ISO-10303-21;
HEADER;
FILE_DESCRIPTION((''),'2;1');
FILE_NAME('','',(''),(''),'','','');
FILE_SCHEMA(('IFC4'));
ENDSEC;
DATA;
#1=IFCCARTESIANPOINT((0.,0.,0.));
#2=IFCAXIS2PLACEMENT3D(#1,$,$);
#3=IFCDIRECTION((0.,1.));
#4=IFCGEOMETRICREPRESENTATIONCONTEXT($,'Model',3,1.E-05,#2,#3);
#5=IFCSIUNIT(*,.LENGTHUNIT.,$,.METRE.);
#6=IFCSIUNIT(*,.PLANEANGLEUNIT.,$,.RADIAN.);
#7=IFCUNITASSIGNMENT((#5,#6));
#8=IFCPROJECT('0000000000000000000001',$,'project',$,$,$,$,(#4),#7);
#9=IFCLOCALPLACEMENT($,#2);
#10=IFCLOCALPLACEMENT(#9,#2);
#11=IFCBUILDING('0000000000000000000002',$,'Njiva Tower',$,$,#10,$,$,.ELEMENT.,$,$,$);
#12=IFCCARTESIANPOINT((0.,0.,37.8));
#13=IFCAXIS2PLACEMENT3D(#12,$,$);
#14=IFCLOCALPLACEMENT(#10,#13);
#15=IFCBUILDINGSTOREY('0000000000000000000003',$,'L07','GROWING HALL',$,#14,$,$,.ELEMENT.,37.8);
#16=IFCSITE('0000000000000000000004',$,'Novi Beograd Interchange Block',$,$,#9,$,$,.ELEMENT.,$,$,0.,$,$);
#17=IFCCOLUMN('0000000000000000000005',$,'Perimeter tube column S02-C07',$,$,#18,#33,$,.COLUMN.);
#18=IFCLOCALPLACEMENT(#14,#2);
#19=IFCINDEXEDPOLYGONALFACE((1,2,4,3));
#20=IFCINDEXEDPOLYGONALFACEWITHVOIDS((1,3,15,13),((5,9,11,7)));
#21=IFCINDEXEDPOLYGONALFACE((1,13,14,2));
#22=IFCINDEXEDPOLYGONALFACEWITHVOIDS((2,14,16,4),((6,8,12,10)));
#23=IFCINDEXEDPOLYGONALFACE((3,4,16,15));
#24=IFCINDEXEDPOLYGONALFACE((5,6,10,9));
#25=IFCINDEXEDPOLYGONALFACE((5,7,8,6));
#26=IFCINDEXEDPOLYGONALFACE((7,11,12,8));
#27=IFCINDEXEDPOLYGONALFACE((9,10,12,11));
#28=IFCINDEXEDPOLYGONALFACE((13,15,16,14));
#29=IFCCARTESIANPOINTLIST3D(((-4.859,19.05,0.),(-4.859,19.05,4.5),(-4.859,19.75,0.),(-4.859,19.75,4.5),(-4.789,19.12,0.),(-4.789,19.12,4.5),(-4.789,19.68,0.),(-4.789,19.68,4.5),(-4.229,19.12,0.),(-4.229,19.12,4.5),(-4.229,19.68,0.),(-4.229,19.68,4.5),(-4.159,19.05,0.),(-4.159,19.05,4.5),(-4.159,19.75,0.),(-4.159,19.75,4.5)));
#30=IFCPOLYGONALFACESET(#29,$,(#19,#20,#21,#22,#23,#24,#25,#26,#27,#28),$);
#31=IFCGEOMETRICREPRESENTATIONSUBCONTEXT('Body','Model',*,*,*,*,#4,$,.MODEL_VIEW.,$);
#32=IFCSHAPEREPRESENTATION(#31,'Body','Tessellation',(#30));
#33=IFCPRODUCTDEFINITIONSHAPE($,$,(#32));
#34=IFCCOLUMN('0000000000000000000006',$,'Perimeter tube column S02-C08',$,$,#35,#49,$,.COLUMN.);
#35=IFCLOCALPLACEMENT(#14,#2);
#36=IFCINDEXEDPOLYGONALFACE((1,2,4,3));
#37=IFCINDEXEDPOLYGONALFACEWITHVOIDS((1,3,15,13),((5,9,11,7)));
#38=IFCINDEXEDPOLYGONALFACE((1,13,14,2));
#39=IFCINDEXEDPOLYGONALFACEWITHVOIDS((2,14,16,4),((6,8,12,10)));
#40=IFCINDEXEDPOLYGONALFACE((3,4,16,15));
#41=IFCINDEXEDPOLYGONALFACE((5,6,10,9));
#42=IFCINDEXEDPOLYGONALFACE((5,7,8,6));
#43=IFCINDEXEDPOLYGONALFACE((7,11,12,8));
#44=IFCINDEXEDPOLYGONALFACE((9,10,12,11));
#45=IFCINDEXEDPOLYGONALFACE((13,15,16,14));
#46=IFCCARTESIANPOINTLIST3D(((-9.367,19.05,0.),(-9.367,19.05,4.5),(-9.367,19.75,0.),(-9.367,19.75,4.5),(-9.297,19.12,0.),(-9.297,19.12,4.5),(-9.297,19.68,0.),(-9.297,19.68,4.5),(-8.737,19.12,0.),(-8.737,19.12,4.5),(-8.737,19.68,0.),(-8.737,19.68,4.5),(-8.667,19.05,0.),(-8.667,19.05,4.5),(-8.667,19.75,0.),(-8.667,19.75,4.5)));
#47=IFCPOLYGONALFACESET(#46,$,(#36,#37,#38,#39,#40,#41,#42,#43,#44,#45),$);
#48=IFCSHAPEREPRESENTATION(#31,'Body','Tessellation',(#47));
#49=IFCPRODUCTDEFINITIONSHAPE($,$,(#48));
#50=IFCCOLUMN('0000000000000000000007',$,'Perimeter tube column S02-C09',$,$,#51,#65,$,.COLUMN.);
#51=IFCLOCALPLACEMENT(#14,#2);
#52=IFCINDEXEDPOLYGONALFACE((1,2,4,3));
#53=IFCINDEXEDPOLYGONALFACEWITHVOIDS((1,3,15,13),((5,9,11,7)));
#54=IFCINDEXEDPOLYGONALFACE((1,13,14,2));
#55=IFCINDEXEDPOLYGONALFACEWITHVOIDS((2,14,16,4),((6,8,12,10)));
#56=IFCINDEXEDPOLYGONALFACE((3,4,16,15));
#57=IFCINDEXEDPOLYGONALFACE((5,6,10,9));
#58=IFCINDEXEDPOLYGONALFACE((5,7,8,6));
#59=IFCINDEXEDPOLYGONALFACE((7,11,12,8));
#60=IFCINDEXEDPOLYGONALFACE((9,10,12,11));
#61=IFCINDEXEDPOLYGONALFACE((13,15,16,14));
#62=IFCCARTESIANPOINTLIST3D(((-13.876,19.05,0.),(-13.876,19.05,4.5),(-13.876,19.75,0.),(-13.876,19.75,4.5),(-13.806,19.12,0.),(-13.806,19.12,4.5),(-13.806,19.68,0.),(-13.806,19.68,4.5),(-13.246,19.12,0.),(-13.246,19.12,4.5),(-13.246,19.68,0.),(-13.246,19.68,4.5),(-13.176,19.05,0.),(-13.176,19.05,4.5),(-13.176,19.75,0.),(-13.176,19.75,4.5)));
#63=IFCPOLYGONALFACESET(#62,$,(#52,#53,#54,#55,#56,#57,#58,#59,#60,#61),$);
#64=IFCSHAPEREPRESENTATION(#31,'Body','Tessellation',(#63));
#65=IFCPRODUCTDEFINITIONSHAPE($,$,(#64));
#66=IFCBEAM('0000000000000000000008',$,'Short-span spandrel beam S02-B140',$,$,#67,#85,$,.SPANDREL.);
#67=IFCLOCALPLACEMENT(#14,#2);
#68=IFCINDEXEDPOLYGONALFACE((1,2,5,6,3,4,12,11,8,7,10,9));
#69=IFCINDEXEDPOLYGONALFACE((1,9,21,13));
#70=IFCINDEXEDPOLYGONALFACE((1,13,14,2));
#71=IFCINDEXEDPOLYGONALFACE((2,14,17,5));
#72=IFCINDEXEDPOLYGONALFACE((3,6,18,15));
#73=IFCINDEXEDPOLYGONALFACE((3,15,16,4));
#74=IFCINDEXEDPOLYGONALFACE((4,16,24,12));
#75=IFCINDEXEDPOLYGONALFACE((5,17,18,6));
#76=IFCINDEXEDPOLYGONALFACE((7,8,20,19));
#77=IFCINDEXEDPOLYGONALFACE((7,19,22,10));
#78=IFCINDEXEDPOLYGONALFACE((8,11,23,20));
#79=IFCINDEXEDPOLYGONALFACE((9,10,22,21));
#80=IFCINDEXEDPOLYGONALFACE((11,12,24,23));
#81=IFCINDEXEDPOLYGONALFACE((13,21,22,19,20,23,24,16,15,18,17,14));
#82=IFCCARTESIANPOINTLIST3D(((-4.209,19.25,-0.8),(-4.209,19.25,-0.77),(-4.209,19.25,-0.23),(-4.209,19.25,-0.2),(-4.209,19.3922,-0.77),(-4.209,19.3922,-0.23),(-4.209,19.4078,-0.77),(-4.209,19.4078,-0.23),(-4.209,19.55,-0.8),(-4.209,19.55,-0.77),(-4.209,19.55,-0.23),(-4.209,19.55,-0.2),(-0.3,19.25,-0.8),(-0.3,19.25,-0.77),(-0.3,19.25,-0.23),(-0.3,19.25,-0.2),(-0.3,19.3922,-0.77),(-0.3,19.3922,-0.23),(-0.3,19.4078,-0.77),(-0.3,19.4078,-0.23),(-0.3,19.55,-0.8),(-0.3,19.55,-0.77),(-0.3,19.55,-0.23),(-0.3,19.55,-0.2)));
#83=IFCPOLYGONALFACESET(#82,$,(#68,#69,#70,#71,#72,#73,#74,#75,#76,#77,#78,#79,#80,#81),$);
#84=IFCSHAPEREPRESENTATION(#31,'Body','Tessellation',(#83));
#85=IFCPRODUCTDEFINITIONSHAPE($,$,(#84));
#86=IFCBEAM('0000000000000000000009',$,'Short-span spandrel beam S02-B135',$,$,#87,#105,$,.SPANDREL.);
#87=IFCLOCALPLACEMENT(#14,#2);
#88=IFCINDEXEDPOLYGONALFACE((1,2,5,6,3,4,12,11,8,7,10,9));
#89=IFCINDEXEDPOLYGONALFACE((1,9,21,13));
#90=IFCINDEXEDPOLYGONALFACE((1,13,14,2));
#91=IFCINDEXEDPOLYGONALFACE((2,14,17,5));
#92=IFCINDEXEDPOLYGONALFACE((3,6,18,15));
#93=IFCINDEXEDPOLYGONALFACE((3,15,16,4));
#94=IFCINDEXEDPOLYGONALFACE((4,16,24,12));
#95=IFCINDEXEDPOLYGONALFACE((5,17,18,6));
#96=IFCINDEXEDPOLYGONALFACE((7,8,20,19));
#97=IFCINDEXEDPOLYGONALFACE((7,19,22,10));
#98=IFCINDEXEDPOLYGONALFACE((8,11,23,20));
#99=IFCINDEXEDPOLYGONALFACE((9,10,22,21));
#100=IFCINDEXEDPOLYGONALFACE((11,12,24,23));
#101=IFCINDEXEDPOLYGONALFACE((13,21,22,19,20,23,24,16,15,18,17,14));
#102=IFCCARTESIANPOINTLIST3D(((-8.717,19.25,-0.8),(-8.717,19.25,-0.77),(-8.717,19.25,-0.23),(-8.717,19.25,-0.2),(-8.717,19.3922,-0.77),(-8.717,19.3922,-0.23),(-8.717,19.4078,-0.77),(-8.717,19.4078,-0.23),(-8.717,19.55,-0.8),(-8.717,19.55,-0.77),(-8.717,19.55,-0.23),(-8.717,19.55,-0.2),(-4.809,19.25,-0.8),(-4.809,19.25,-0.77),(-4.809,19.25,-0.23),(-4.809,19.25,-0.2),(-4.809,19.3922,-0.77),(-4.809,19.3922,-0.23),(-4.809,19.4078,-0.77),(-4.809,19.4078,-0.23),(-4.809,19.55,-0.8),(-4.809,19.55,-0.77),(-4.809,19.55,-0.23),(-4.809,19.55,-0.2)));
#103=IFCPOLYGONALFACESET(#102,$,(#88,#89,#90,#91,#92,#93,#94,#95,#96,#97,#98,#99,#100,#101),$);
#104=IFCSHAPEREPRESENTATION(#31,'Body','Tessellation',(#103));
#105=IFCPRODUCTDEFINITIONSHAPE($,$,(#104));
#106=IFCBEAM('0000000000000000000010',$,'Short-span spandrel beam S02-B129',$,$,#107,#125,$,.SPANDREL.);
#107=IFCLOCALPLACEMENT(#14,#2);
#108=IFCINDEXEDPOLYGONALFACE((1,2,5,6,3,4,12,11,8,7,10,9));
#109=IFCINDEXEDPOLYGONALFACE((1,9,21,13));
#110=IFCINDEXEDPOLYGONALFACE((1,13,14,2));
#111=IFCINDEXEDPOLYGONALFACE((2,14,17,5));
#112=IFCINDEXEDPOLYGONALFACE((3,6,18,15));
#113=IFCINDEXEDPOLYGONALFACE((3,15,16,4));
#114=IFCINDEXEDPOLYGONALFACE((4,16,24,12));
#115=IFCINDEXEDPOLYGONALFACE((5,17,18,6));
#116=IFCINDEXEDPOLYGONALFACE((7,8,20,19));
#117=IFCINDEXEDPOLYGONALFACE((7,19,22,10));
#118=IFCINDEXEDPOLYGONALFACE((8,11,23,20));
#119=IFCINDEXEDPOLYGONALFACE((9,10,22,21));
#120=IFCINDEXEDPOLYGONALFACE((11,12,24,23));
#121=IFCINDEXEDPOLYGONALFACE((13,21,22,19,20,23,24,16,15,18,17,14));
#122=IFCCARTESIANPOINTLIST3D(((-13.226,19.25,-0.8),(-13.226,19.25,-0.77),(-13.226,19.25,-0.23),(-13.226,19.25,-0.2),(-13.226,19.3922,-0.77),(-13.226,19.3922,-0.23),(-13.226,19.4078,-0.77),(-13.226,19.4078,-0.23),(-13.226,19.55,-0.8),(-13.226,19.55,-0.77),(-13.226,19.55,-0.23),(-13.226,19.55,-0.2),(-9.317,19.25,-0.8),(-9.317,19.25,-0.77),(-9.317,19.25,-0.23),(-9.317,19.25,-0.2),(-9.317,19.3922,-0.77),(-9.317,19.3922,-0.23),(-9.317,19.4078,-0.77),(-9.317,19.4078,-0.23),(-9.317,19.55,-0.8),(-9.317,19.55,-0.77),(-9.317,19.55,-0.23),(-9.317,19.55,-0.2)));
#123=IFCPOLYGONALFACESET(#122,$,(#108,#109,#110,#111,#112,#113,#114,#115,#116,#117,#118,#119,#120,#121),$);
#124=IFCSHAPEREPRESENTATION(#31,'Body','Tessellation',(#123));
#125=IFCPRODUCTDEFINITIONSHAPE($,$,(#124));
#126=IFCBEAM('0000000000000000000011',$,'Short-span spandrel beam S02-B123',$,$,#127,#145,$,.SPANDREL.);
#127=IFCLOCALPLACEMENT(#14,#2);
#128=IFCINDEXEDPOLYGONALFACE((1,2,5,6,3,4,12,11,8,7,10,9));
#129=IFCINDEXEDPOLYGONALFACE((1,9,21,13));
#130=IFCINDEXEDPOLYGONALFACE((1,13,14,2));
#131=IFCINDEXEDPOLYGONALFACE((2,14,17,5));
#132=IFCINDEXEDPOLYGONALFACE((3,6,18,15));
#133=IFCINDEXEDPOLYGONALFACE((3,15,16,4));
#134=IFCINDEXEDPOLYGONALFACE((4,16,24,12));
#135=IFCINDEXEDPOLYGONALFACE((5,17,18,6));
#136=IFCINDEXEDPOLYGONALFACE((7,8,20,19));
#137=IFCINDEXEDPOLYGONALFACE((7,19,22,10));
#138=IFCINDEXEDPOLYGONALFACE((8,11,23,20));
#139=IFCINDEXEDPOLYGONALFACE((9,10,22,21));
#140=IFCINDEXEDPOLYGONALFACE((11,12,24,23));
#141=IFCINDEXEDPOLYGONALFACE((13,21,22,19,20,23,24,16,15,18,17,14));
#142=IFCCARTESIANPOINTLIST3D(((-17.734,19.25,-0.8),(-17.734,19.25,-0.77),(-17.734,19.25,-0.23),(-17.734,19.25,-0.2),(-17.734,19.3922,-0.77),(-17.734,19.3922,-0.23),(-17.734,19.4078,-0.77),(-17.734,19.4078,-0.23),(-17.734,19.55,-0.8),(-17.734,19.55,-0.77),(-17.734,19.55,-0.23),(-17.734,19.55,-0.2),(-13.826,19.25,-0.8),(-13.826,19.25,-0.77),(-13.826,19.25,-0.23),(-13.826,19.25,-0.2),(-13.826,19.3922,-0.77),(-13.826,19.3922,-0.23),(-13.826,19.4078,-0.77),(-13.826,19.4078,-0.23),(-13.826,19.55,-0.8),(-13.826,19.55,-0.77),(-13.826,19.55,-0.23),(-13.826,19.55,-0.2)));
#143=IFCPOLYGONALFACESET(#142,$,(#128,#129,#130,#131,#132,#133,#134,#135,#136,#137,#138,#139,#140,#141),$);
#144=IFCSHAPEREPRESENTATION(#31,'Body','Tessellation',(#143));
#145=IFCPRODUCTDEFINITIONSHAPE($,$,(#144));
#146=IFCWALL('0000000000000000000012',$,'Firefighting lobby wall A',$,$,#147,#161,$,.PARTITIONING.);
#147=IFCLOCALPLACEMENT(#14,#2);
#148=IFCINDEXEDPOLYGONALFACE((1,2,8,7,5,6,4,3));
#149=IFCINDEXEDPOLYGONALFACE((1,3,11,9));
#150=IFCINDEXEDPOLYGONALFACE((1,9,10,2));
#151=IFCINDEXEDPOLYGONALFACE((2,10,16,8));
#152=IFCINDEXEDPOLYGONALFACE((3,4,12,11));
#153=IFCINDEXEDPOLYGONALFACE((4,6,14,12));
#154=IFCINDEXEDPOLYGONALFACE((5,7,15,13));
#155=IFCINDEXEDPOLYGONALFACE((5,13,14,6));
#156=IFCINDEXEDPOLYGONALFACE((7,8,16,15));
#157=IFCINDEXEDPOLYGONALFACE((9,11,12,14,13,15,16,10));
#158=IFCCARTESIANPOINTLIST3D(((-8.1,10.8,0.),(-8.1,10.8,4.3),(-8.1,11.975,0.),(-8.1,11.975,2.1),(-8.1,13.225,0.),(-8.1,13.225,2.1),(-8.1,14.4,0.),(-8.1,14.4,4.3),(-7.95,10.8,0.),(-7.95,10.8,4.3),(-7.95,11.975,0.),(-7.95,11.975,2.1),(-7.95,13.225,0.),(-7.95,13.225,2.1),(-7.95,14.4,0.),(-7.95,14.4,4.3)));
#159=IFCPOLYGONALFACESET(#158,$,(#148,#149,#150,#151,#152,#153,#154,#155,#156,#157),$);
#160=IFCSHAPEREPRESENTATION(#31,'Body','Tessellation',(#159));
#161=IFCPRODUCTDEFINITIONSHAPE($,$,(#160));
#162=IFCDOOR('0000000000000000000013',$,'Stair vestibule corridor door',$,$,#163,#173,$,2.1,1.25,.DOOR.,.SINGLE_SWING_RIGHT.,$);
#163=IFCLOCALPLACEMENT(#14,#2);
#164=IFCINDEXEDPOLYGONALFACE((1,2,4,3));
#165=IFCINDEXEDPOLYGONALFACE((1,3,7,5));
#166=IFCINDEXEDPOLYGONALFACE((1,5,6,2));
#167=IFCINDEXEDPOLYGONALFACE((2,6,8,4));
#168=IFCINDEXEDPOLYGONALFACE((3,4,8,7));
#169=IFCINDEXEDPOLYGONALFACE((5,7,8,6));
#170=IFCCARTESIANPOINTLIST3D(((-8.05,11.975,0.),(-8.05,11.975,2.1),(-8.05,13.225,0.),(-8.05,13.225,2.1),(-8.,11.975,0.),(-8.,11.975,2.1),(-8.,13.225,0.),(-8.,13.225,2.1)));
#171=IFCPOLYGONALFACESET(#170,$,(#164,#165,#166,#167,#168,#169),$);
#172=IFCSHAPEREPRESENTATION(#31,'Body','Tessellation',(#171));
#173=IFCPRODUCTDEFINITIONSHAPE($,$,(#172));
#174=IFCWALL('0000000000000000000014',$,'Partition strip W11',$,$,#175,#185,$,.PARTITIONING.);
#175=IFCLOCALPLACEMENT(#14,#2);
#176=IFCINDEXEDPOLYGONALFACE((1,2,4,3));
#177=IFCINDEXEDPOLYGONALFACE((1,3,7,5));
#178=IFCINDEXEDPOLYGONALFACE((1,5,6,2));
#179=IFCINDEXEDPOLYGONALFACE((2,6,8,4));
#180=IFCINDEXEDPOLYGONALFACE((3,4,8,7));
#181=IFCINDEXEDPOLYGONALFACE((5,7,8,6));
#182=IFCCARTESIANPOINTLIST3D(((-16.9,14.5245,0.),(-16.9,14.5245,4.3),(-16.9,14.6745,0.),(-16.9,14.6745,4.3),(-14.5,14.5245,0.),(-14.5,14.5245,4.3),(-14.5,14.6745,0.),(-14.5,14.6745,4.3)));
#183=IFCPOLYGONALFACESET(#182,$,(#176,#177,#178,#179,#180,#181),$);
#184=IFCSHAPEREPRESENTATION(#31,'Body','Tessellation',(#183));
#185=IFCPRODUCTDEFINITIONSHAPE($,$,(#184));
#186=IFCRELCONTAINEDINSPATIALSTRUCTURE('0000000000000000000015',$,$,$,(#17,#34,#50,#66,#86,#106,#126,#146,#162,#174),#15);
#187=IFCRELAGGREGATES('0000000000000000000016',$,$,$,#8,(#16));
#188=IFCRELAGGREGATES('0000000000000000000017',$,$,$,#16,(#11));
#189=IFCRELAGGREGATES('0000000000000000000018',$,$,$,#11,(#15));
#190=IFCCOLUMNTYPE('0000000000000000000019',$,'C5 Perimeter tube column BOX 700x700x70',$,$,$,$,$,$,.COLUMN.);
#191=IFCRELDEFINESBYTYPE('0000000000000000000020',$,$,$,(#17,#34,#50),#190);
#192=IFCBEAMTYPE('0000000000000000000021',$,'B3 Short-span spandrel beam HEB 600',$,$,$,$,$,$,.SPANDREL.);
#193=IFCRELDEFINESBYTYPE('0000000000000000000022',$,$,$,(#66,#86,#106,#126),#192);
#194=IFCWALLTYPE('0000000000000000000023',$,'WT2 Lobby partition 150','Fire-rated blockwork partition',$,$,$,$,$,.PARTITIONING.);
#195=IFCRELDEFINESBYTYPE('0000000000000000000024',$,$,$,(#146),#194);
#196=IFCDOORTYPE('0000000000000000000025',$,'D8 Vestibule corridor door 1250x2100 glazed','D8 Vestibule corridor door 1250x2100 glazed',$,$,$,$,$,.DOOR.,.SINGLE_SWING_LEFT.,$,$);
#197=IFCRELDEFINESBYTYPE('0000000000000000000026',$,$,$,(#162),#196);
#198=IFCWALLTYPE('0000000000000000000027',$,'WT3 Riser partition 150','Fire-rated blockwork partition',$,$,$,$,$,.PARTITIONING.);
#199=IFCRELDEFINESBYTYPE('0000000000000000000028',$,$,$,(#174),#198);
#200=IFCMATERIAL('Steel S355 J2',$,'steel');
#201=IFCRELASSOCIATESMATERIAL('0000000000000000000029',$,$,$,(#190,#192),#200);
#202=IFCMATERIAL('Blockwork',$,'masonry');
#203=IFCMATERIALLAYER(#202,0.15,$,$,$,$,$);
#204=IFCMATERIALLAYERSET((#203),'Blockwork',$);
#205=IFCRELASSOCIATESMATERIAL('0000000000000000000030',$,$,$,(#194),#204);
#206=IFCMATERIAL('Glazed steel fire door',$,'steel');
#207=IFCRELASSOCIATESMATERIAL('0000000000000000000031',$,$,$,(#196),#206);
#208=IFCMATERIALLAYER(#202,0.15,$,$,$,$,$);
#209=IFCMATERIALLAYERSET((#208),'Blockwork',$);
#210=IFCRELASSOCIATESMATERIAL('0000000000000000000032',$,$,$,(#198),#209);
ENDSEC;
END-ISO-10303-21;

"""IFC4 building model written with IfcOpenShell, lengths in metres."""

from ifc_helpers import new_model, si_unit, direction, frame, frame_2d, origin, origin_2d, place, context, subcontext, project, spatial, rectangle, hollow_rectangle, i_section, extrude, material, layer, layer_set, material_profile, profile_set, type_object, element, fill, save


model = new_model("IFC4")

# Units and contexts
model_context = context("Model", 3, precision=1e-05, world=origin(), true_north=direction((0.0, 1.0)))
body_context = subcontext(model_context, "Body", "Model", "MODEL_VIEW")
ifc_project = project(units=[si_unit("LENGTHUNIT", "METRE"), si_unit("PLANEANGLEUNIT", "RADIAN")], contexts=[model_context])

# Site, building, storey
site_placement = place(None, origin())
site = spatial("IfcSite", under=ifc_project, at=site_placement, Name="Novi Beograd Interchange Block", CompositionType="ELEMENT", RefElevation=0.0)
building_placement = place(site_placement, origin())
building = spatial("IfcBuilding", under=site, at=building_placement, Name="Njiva Tower", CompositionType="ELEMENT")
storey_placement = place(building_placement, frame((0.0, 0.0, 37.8)))
storey = spatial("IfcBuildingStorey", under=building, at=storey_placement, Name="L07", Description="GROWING HALL", CompositionType="ELEMENT", Elevation=37.8)

# Columns
ifc_material_1 = material(Name="Steel S355 J2", Category="steel")
ifc_material_profile_1 = material_profile(ifc_material_1, hollow_rectangle(XDim=0.7, YDim=0.7, WallThickness=0.07, at=origin_2d()), Name="BOX 700x700x70")
ifc_profile_set_1 = profile_set([ifc_material_profile_1], Name="Steel S355 J2")
column_type = type_object("IfcColumnType", Name="C5 Perimeter tube column BOX 700x700x70", PredefinedType="COLUMN", material=ifc_profile_set_1)
for number, where, z_axis, x_axis, name in (
    (1, (-4.509, 19.4, 0.0), (0.0, 0.0, 1.0), (-1.0, 0.0, 0.0), "Perimeter tube column S02-C07"),
    (2, (-9.017, 19.4, 0.0), (0.0, 0.0, 1.0), (-1.0, 0.0, 0.0), "Perimeter tube column S02-C08"),
    (3, (-13.526, 19.4, 0.0), (0.0, 0.0, 1.0), (-1.0, 0.0, 0.0), "Perimeter tube column S02-C09"),
):
    element("IfcColumn", number, at=place(storey_placement, frame(where, z_axis=z_axis, x_axis=x_axis)), inside=storey, type_object=column_type, Name=name, PredefinedType="COLUMN", context=body_context, shape_type="SweptSolid", body=[
        extrude(hollow_rectangle(XDim=0.7, YDim=0.7, WallThickness=0.07, at=origin_2d()), origin(), (0.0, 0.0, 1.0), 4.5),
    ])

# Beams
ifc_material_profile_2 = material_profile(ifc_material_1, i_section(OverallWidth=0.3, OverallDepth=0.6, WebThickness=0.0155, FlangeThickness=0.03, at=origin_2d()), Name="HEB 600")
ifc_profile_set_2 = profile_set([ifc_material_profile_2], Name="Steel S355 J2")
beam_type = type_object("IfcBeamType", Name="B3 Short-span spandrel beam HEB 600", PredefinedType="SPANDREL", material=ifc_profile_set_2)
beam_1_placement = place(storey_placement, frame((-0.3, 19.4, -0.5), z_axis=(-1.0, 0.0, 0.0), x_axis=(0.0, -1.0, 0.0)))
element("IfcBeam", 4, at=beam_1_placement, inside=storey, type_object=beam_type, Name="Short-span spandrel beam S02-B140", PredefinedType="SPANDREL", context=body_context, shape_type="SweptSolid", body=[
    extrude(i_section(OverallWidth=0.3, OverallDepth=0.6, WebThickness=0.0155, FlangeThickness=0.03, at=origin_2d()), origin(), (0.0, 0.0, 1.0), 3.909),
])
beam_2_placement = place(storey_placement, frame((-4.809, 19.4, -0.5), z_axis=(-1.0, 0.0, 0.0), x_axis=(0.0, -1.0, 0.0)))
element("IfcBeam", 5, at=beam_2_placement, inside=storey, type_object=beam_type, Name="Short-span spandrel beam S02-B135", PredefinedType="SPANDREL", context=body_context, shape_type="SweptSolid", body=[
    extrude(i_section(OverallWidth=0.3, OverallDepth=0.6, WebThickness=0.0155, FlangeThickness=0.03, at=origin_2d()), origin(), (0.0, 0.0, 1.0), 3.908),
])
beam_3_placement = place(storey_placement, frame((-9.317, 19.4, -0.5), z_axis=(-1.0, 0.0, 0.0), x_axis=(0.0, -1.0, 0.0)))
element("IfcBeam", 6, at=beam_3_placement, inside=storey, type_object=beam_type, Name="Short-span spandrel beam S02-B129", PredefinedType="SPANDREL", context=body_context, shape_type="SweptSolid", body=[
    extrude(i_section(OverallWidth=0.3, OverallDepth=0.6, WebThickness=0.0155, FlangeThickness=0.03, at=origin_2d()), origin(), (0.0, 0.0, 1.0), 3.909),
])
beam_4_placement = place(storey_placement, frame((-13.826, 19.4, -0.5), z_axis=(-1.0, 0.0, 0.0), x_axis=(0.0, -1.0, 0.0)))
element("IfcBeam", 7, at=beam_4_placement, inside=storey, type_object=beam_type, Name="Short-span spandrel beam S02-B123", PredefinedType="SPANDREL", context=body_context, shape_type="SweptSolid", body=[
    extrude(i_section(OverallWidth=0.3, OverallDepth=0.6, WebThickness=0.0155, FlangeThickness=0.03, at=origin_2d()), origin(), (0.0, 0.0, 1.0), 3.908),
])

# Wall, opening, door
ifc_material_2 = material(Name="Blockwork", Category="masonry")
ifc_layer_1 = layer(ifc_material_2, 0.15)
ifc_layer_set_1 = layer_set([ifc_layer_1], Name="Blockwork")
wall_type_1 = type_object("IfcWallType", Name="WT2 Lobby partition 150", Description="Fire-rated blockwork partition", PredefinedType="PARTITIONING", material=ifc_layer_set_1)
wall_1_placement = place(storey_placement, frame((-8.025, 10.8, 0.0), z_axis=(0.0, 0.0, 1.0), x_axis=(0.0, 1.0, 0.0)))
wall_1 = element("IfcWall", 8, at=wall_1_placement, inside=storey, type_object=wall_type_1, Name="Firefighting lobby wall A", PredefinedType="PARTITIONING", context=body_context, shape_type="SweptSolid", body=[
    extrude(rectangle(XDim=3.6, YDim=0.15, at=frame_2d((1.8, 0.0))), origin(), (0.0, 0.0, 1.0), 4.3),
])
opening_1_placement = place(wall_1_placement, frame((1.175, 0.0, 0.0)))
opening_1 = element("IfcOpeningElement", 9, at=opening_1_placement, cuts=wall_1, PredefinedType="OPENING", context=body_context, shape_type="SweptSolid", body=[
    extrude(rectangle(XDim=1.25, YDim=2.1, at=frame_2d((0.625, 1.05))), frame((0.0, 0.085, 0.0), z_axis=(0.0, -1.0, 0.0), x_axis=(1.0, 0.0, 0.0)), (0.0, 0.0, 1.0), 0.17),
])
ifc_material_3 = material(Name="Glazed steel fire door", Category="steel")
door_type_1 = type_object("IfcDoorType", Name="D8 Vestibule corridor door 1250x2100 glazed", Description="D8 Vestibule corridor door 1250x2100 glazed", OperationType="SINGLE_SWING_LEFT", PredefinedType="DOOR", material=ifc_material_3)
door_1_placement = place(opening_1_placement, origin())
door_1 = element("IfcDoor", 10, at=door_1_placement, inside=storey, type_object=door_type_1, Name="Stair vestibule corridor door", OperationType="SINGLE_SWING_RIGHT", OverallHeight=2.1, OverallWidth=1.25, PredefinedType="DOOR", context=body_context, shape_type="SweptSolid", body=[
    extrude(rectangle(XDim=1.25, YDim=2.1, at=frame_2d((0.625, 1.05))), frame((0.0, 0.025, 0.0), z_axis=(0.0, -1.0, 0.0), x_axis=(1.0, 0.0, 0.0)), (0.0, 0.0, 1.0), 0.05),
])
fill(opening_1, door_1)

# Wall
ifc_layer_2 = layer(ifc_material_2, 0.15)
ifc_layer_set_2 = layer_set([ifc_layer_2], Name="Blockwork")
wall_type_2 = type_object("IfcWallType", Name="WT3 Riser partition 150", Description="Fire-rated blockwork partition", PredefinedType="PARTITIONING", material=ifc_layer_set_2)
wall_2_placement = place(storey_placement, frame((-16.9, 14.5995, 0.0), z_axis=(0.0, 0.0, 1.0), x_axis=(1.0, 0.0, 0.0)))
element("IfcWall", 11, at=wall_2_placement, inside=storey, type_object=wall_type_2, Name="Partition strip W11", PredefinedType="PARTITIONING", context=body_context, shape_type="SweptSolid", body=[
    extrude(rectangle(XDim=2.4, YDim=0.15, at=frame_2d((1.2, 0.0))), origin(), (0.0, 0.0, 1.0), 4.3),
])

save(model, "model.ifc")
